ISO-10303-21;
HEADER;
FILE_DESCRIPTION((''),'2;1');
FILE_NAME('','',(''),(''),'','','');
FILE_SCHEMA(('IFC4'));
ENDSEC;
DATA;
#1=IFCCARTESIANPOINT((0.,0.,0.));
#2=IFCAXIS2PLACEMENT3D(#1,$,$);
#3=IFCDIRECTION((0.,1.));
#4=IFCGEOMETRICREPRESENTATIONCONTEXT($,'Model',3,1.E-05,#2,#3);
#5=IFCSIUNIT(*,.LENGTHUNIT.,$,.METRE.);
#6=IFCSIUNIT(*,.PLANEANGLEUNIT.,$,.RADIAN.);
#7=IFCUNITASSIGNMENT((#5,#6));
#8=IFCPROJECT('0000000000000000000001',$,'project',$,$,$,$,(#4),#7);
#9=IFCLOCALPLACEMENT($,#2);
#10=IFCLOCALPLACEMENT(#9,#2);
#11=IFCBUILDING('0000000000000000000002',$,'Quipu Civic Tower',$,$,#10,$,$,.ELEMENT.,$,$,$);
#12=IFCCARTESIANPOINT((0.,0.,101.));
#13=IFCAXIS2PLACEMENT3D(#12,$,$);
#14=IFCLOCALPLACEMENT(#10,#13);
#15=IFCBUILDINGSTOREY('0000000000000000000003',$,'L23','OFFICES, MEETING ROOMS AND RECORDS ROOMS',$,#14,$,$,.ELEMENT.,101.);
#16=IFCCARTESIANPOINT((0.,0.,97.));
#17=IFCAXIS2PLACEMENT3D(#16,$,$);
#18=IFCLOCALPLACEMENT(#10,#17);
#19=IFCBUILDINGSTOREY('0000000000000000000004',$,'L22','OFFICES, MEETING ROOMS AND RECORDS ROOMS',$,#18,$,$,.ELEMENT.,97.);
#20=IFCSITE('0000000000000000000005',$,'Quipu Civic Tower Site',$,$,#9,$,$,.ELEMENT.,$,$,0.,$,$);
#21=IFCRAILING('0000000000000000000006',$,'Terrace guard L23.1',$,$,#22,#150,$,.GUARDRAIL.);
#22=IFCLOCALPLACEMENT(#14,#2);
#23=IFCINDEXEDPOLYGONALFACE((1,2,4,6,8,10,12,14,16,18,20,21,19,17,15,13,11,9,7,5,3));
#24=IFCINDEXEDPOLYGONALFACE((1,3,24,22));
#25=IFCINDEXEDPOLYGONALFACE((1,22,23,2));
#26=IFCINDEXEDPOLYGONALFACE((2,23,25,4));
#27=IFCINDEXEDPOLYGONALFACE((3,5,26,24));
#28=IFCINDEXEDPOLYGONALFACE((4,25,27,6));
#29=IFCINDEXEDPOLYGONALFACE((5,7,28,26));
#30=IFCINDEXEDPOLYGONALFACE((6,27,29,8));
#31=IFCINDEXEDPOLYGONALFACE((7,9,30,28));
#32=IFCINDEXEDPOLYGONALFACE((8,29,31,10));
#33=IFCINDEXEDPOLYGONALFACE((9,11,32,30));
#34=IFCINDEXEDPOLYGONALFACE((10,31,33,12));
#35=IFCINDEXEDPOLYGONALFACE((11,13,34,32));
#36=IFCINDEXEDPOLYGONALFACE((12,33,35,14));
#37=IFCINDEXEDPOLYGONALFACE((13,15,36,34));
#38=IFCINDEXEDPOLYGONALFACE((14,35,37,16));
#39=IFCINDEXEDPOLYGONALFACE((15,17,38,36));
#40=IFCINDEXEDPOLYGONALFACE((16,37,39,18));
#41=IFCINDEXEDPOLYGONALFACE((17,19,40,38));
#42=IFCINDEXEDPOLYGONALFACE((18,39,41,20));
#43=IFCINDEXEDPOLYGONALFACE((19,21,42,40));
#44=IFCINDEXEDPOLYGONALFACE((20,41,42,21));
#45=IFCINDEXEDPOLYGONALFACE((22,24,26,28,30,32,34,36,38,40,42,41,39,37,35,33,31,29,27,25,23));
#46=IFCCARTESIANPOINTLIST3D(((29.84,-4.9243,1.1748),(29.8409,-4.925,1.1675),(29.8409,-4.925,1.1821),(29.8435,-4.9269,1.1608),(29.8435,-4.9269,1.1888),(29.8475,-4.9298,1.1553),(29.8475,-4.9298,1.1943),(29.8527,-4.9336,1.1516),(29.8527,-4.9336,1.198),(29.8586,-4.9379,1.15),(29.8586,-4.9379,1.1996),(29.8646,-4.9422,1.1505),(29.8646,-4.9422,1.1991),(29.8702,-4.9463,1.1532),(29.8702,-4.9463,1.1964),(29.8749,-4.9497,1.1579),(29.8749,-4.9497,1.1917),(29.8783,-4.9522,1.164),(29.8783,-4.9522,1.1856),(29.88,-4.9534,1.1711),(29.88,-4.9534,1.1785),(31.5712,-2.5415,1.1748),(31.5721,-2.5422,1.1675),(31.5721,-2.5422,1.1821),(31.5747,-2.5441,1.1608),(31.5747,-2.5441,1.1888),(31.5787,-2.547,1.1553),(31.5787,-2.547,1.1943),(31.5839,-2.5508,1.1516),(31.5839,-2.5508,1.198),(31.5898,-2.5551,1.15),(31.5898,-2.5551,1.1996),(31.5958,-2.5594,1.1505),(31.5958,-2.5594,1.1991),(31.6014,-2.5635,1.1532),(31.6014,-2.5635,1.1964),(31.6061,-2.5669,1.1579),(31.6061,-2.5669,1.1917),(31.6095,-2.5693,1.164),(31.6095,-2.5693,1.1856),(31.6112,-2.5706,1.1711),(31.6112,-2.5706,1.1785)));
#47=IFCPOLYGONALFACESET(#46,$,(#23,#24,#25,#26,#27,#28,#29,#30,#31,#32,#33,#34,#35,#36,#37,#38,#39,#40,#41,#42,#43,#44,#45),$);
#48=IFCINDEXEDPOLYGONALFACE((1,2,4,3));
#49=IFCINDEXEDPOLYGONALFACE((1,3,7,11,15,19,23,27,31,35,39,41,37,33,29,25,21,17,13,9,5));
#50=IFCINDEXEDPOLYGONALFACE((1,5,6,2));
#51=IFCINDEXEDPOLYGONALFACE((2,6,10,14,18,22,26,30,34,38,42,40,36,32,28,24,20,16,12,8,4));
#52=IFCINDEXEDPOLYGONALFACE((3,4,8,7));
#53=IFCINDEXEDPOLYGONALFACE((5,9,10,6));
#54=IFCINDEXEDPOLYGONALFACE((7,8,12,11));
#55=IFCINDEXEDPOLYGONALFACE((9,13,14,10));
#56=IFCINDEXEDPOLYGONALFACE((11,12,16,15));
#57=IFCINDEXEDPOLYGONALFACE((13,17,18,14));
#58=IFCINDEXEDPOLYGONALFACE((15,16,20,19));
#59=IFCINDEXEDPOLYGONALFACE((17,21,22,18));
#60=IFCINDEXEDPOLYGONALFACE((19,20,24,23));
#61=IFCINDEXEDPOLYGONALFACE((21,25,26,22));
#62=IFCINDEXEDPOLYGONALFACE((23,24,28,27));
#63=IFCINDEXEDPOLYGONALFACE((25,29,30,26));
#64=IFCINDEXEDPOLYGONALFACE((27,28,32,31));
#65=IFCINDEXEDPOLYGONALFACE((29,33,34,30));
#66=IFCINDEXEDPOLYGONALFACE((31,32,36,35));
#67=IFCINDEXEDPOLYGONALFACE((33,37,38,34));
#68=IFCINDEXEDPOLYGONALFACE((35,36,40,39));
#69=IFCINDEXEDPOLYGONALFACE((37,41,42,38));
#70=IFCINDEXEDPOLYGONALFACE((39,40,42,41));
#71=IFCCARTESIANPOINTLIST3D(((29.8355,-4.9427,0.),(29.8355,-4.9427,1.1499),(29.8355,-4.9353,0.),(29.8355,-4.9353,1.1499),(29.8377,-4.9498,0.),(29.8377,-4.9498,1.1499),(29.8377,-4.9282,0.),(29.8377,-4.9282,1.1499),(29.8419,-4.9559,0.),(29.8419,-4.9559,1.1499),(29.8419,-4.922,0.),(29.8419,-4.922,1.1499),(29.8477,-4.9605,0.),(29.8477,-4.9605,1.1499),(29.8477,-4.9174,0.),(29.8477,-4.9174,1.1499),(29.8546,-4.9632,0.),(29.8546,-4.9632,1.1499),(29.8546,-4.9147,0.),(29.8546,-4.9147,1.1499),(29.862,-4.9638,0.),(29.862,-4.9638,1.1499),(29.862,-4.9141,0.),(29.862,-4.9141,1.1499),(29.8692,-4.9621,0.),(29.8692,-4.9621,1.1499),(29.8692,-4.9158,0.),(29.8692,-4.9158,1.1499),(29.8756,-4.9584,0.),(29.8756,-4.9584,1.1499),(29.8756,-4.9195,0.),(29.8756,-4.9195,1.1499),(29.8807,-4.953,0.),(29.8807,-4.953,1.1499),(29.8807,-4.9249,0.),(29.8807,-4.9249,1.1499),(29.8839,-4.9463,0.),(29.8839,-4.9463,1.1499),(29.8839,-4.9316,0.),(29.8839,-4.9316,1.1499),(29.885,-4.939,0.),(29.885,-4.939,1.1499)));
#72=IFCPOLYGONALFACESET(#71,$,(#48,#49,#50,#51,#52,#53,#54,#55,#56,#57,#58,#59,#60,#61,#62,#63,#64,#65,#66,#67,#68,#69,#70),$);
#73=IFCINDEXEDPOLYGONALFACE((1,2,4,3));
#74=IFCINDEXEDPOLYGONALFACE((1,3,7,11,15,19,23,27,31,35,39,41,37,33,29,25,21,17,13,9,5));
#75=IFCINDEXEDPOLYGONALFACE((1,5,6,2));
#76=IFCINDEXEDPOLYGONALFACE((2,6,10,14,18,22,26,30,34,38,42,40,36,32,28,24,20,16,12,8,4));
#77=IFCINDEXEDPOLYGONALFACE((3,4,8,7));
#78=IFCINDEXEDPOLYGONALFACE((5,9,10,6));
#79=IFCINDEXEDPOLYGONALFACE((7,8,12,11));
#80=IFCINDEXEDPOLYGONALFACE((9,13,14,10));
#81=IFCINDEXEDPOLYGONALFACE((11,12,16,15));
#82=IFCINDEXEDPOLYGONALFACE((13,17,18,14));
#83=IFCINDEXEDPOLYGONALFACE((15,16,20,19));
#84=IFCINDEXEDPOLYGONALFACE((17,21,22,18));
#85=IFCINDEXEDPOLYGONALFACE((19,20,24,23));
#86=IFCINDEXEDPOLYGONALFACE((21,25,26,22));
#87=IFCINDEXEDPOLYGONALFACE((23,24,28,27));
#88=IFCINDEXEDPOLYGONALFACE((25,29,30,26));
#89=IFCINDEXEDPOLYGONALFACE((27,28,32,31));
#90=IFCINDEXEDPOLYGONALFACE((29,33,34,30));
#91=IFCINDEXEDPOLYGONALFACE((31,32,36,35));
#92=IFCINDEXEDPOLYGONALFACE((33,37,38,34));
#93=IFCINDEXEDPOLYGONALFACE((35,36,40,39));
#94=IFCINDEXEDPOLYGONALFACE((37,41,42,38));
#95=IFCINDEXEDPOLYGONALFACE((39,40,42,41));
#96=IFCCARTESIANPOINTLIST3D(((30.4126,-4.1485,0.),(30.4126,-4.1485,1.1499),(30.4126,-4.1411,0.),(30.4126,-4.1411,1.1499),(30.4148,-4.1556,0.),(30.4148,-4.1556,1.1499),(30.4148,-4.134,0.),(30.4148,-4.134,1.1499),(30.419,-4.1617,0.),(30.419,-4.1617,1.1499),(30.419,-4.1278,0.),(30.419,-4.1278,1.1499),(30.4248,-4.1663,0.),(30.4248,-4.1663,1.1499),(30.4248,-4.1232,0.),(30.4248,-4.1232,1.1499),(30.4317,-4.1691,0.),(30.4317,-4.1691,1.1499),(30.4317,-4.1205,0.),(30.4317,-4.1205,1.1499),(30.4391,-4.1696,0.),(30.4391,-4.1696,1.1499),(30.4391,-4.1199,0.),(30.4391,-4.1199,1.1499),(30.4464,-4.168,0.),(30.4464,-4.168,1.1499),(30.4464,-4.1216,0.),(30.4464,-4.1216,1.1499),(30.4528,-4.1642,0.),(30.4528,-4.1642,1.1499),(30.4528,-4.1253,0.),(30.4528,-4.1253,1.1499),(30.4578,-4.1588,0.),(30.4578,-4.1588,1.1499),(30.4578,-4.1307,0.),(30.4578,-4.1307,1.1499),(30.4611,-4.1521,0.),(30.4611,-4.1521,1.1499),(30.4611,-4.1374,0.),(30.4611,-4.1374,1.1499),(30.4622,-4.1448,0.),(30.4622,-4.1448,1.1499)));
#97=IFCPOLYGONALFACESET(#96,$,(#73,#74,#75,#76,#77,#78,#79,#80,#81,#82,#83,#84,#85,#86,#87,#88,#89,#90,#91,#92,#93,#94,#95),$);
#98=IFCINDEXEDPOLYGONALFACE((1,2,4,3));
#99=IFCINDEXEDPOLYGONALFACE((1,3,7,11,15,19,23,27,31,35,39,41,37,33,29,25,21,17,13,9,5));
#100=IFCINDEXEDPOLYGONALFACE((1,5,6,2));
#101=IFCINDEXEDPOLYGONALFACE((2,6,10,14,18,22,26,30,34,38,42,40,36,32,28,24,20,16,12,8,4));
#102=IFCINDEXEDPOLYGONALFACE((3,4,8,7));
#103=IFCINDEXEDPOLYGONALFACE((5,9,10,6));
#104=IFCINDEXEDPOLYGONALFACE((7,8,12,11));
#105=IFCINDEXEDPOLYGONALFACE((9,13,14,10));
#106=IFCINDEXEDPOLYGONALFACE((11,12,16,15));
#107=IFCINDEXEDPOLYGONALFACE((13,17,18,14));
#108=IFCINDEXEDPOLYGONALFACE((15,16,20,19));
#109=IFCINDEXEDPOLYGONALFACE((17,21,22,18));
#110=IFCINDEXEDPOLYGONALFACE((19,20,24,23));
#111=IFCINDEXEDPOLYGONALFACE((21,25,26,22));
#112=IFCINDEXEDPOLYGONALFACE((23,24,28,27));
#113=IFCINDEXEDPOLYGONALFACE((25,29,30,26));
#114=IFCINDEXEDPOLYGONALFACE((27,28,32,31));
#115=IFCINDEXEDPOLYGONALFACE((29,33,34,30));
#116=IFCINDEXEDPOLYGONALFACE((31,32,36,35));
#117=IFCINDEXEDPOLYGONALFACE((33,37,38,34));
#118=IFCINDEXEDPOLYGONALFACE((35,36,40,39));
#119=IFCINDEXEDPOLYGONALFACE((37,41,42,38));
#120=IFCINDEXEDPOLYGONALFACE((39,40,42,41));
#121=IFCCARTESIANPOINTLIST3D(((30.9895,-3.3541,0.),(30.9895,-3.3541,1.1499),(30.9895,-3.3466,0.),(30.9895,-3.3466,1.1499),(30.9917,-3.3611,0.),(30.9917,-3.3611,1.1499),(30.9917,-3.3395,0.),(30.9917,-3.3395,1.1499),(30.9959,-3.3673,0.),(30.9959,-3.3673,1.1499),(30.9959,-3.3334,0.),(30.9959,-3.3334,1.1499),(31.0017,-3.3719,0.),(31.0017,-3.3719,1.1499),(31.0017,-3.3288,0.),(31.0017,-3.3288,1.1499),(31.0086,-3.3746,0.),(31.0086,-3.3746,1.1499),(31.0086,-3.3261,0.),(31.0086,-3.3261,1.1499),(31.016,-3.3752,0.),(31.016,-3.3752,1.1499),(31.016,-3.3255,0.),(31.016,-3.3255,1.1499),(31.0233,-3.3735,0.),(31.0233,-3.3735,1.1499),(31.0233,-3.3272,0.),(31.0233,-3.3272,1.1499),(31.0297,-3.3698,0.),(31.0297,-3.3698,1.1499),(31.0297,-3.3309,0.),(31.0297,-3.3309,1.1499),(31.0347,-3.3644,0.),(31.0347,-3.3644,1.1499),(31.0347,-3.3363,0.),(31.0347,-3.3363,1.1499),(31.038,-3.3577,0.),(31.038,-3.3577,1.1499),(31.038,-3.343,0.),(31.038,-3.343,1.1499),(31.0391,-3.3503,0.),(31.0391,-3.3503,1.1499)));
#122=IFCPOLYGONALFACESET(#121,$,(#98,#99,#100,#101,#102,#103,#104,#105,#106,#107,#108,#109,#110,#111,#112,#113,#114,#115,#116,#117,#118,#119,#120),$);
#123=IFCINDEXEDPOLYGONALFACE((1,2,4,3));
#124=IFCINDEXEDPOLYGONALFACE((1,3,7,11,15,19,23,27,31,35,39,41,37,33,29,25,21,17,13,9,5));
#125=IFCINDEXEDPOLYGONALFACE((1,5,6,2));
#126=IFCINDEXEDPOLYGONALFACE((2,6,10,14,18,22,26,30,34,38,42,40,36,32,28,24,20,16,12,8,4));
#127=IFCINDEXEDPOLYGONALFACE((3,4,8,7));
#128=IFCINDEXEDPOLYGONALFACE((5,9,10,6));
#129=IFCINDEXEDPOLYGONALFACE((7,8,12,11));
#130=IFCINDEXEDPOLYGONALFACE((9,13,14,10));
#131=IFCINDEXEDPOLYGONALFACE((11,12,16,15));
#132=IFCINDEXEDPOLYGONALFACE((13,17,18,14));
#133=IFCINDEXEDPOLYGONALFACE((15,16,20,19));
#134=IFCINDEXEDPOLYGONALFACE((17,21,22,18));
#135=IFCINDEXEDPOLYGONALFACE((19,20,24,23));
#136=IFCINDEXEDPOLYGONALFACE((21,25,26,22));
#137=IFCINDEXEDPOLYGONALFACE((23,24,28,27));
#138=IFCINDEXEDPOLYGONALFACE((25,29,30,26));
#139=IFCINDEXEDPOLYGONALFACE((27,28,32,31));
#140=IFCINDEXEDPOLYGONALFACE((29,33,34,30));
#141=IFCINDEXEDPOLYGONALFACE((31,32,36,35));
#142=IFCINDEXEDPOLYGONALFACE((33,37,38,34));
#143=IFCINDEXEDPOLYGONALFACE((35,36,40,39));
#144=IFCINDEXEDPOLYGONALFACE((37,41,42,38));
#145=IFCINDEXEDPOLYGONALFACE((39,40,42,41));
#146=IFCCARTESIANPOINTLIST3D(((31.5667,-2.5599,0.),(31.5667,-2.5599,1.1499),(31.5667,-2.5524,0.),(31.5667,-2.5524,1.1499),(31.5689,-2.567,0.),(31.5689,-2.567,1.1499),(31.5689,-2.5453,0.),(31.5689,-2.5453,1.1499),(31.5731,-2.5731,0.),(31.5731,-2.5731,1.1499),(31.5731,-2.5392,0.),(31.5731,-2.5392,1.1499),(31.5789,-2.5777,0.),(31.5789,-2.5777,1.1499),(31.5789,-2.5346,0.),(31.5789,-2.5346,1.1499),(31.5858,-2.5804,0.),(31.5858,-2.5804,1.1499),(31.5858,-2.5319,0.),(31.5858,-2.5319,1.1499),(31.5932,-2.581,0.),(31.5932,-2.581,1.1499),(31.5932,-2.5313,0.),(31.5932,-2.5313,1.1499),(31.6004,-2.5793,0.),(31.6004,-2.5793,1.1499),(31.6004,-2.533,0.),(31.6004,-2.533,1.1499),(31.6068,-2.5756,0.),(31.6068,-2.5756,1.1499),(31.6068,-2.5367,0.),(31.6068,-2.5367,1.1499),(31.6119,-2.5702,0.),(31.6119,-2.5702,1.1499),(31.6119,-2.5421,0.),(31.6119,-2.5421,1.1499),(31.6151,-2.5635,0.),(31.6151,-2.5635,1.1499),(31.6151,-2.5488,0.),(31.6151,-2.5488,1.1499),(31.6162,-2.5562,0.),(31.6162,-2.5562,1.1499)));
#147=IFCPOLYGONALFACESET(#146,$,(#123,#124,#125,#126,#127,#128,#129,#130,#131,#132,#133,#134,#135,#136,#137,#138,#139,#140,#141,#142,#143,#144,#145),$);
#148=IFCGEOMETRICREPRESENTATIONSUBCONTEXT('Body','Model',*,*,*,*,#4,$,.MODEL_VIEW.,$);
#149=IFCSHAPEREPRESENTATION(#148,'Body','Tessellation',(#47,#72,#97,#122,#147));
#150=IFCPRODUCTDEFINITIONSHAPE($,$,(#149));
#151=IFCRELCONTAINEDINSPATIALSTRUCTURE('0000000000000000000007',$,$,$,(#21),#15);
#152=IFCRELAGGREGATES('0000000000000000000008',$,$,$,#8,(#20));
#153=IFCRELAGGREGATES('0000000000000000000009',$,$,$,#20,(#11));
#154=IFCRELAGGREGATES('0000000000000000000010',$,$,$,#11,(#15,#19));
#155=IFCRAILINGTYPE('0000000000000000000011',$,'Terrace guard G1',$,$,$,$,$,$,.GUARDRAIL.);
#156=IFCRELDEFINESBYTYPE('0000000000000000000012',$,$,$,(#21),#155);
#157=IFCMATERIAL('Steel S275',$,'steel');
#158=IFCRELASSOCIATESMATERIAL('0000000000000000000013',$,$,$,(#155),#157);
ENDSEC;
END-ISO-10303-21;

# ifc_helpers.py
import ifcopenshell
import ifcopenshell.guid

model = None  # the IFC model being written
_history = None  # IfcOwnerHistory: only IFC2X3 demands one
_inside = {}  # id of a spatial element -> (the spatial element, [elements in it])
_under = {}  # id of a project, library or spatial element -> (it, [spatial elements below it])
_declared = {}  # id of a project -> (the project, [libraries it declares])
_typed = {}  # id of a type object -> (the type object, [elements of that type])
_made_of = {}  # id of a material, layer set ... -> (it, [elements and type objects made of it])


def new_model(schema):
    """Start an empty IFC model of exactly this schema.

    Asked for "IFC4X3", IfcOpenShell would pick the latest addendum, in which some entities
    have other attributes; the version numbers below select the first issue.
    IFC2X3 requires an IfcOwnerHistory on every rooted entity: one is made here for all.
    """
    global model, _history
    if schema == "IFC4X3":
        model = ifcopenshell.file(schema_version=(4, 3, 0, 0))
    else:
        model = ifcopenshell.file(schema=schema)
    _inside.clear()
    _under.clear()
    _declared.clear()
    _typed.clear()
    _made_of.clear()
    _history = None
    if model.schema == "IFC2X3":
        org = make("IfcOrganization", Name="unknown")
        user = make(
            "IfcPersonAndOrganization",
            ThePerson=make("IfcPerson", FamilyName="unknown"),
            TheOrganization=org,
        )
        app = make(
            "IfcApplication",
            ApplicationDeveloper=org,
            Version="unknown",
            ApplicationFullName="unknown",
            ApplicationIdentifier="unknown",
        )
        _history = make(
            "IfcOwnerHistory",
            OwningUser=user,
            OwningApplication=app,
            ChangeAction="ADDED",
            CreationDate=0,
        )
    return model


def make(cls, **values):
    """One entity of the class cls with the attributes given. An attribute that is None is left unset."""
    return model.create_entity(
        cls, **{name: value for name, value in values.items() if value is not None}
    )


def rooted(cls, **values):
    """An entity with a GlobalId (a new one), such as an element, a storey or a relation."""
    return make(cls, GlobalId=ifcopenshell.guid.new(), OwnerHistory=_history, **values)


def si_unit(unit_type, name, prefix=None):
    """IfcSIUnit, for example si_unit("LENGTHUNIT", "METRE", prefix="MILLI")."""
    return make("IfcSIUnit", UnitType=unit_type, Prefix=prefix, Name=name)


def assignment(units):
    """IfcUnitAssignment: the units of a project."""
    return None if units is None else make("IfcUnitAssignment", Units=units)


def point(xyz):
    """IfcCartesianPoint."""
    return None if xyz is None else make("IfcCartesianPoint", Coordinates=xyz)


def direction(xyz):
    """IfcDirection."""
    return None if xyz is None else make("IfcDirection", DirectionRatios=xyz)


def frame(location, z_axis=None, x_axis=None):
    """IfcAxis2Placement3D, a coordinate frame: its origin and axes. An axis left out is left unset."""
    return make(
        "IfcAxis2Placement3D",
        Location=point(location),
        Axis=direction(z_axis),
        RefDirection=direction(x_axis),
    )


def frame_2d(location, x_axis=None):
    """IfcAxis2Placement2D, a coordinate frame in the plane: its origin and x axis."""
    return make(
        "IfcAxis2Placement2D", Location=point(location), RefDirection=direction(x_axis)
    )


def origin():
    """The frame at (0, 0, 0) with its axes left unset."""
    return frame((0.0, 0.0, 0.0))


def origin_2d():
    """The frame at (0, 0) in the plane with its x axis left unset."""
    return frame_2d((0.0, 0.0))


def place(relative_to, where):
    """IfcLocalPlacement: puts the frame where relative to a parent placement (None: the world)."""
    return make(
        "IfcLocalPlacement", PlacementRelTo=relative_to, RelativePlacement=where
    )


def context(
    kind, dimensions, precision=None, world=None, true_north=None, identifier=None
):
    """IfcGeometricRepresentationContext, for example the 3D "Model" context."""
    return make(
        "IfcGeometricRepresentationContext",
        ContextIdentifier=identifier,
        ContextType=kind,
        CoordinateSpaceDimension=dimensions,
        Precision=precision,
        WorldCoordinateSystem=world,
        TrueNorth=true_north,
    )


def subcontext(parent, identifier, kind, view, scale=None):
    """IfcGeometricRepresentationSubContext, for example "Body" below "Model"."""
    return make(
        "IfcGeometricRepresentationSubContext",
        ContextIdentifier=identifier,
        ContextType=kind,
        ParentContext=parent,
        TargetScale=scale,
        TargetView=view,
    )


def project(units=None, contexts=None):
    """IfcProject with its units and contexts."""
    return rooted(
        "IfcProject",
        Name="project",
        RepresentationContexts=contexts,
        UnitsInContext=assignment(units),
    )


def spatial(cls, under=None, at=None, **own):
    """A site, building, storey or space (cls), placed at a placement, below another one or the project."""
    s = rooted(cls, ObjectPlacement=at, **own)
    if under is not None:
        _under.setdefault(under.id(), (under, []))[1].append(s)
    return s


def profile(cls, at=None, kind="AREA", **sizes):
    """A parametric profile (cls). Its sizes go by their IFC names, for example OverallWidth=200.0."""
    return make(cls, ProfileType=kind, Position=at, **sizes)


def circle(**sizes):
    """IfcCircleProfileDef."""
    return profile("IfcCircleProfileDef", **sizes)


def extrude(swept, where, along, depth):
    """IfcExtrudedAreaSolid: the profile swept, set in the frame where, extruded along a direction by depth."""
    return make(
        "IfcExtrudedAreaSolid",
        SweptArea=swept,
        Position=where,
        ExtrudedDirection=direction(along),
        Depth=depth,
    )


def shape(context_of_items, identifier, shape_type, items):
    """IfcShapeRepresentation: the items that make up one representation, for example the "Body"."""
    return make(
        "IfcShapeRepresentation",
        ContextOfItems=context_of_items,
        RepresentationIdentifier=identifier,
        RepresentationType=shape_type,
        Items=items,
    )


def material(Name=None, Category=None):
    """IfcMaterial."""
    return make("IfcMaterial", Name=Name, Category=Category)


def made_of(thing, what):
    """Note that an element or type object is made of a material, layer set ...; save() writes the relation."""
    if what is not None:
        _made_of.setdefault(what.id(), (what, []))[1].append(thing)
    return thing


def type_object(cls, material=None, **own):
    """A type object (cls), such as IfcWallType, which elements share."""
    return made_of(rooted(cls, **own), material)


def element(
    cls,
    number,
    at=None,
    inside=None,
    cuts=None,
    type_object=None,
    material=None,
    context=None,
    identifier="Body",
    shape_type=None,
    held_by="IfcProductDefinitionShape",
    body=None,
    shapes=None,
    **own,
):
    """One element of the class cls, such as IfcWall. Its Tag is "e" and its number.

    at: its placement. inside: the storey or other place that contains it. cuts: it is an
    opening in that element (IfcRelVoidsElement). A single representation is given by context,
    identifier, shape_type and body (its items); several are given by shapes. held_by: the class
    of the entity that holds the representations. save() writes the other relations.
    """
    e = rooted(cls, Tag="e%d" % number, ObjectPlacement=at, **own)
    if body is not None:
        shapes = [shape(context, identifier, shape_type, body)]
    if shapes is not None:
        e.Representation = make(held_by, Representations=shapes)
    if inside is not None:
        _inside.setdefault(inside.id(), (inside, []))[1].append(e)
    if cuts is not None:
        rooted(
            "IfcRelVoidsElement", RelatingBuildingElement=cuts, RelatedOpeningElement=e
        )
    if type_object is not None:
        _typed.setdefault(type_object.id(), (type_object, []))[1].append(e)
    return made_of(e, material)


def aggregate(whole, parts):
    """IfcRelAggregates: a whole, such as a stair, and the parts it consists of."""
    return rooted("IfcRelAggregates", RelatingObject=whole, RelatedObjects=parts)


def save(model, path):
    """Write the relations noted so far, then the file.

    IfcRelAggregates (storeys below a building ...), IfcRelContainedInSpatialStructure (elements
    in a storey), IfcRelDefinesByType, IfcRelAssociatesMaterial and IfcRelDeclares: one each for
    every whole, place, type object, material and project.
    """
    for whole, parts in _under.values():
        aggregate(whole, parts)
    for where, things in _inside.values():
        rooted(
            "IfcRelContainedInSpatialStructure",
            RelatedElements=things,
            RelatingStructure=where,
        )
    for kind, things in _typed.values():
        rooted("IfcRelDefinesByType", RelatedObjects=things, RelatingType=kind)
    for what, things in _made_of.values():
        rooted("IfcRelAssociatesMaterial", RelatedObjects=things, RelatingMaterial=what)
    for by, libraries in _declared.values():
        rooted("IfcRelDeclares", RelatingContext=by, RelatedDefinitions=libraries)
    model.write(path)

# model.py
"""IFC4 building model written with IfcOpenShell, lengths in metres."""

from ifc_helpers import new_model, si_unit, direction, frame, origin, origin_2d, place, context, subcontext, project, spatial, circle, extrude, material, type_object, element, save


model = new_model("IFC4")

# Units and contexts
model_context = context("Model", 3, precision=1e-05, world=origin(), true_north=direction((0.0, 1.0)))
body_context = subcontext(model_context, "Body", "Model", "MODEL_VIEW")
ifc_project = project(units=[si_unit("LENGTHUNIT", "METRE"), si_unit("PLANEANGLEUNIT", "RADIAN")], contexts=[model_context])

# Site, building, storey
site_placement = place(None, origin())
site = spatial("IfcSite", under=ifc_project, at=site_placement, Name="Quipu Civic Tower Site", CompositionType="ELEMENT", RefElevation=0.0)
building_placement = place(site_placement, origin())
building = spatial("IfcBuilding", under=site, at=building_placement, Name="Quipu Civic Tower", CompositionType="ELEMENT")
storey_1_placement = place(building_placement, frame((0.0, 0.0, 101.0)))
storey_1 = spatial("IfcBuildingStorey", under=building, at=storey_1_placement, Name="L23", Description="OFFICES, MEETING ROOMS AND RECORDS ROOMS", CompositionType="ELEMENT", Elevation=101.0)

# Shared definitions
storey_2_placement = place(building_placement, frame((0.0, 0.0, 97.0)))
storey_2 = spatial("IfcBuildingStorey", under=building, at=storey_2_placement, Name="L22", Description="OFFICES, MEETING ROOMS AND RECORDS ROOMS", CompositionType="ELEMENT", Elevation=97.0)

# Railing
ifc_material_1 = material(Name="Steel S275", Category="steel")
railing_type = type_object("IfcRailingType", Name="Terrace guard G1", PredefinedType="GUARDRAIL", material=ifc_material_1)
railing_1_placement = place(storey_1_placement, frame((29.8601, -4.939, 0.0)))
element("IfcRailing", 1, at=railing_1_placement, inside=storey_1, type_object=railing_type, Name="Terrace guard L23.1", PredefinedType="GUARDRAIL", context=body_context, shape_type="SweptSolid", body=[
    extrude(circle(Radius=0.0249, at=origin_2d()), frame((0.0, 0.0, 1.1748), z_axis=(0.587782, 0.809019, 0.0), x_axis=(-0.809019, 0.587782, 0.0)), (0.0, 0.0, 1.0), 2.9453),
    extrude(circle(Radius=0.0249, at=origin_2d()), origin(), (0.0, 0.0, 1.0), 1.1499),
    extrude(circle(Radius=0.0249, at=origin_2d()), frame((0.5771, 0.7942, 0.0)), (0.0, 0.0, 1.0), 1.1499),
    extrude(circle(Radius=0.0249, at=origin_2d()), frame((1.1541, 1.5886, 0.0)), (0.0, 0.0, 1.0), 1.1499),
    extrude(circle(Radius=0.0249, at=origin_2d()), frame((1.7312, 2.3828, 0.0)), (0.0, 0.0, 1.0), 1.1499),
])

save(model, "model.ifc")
